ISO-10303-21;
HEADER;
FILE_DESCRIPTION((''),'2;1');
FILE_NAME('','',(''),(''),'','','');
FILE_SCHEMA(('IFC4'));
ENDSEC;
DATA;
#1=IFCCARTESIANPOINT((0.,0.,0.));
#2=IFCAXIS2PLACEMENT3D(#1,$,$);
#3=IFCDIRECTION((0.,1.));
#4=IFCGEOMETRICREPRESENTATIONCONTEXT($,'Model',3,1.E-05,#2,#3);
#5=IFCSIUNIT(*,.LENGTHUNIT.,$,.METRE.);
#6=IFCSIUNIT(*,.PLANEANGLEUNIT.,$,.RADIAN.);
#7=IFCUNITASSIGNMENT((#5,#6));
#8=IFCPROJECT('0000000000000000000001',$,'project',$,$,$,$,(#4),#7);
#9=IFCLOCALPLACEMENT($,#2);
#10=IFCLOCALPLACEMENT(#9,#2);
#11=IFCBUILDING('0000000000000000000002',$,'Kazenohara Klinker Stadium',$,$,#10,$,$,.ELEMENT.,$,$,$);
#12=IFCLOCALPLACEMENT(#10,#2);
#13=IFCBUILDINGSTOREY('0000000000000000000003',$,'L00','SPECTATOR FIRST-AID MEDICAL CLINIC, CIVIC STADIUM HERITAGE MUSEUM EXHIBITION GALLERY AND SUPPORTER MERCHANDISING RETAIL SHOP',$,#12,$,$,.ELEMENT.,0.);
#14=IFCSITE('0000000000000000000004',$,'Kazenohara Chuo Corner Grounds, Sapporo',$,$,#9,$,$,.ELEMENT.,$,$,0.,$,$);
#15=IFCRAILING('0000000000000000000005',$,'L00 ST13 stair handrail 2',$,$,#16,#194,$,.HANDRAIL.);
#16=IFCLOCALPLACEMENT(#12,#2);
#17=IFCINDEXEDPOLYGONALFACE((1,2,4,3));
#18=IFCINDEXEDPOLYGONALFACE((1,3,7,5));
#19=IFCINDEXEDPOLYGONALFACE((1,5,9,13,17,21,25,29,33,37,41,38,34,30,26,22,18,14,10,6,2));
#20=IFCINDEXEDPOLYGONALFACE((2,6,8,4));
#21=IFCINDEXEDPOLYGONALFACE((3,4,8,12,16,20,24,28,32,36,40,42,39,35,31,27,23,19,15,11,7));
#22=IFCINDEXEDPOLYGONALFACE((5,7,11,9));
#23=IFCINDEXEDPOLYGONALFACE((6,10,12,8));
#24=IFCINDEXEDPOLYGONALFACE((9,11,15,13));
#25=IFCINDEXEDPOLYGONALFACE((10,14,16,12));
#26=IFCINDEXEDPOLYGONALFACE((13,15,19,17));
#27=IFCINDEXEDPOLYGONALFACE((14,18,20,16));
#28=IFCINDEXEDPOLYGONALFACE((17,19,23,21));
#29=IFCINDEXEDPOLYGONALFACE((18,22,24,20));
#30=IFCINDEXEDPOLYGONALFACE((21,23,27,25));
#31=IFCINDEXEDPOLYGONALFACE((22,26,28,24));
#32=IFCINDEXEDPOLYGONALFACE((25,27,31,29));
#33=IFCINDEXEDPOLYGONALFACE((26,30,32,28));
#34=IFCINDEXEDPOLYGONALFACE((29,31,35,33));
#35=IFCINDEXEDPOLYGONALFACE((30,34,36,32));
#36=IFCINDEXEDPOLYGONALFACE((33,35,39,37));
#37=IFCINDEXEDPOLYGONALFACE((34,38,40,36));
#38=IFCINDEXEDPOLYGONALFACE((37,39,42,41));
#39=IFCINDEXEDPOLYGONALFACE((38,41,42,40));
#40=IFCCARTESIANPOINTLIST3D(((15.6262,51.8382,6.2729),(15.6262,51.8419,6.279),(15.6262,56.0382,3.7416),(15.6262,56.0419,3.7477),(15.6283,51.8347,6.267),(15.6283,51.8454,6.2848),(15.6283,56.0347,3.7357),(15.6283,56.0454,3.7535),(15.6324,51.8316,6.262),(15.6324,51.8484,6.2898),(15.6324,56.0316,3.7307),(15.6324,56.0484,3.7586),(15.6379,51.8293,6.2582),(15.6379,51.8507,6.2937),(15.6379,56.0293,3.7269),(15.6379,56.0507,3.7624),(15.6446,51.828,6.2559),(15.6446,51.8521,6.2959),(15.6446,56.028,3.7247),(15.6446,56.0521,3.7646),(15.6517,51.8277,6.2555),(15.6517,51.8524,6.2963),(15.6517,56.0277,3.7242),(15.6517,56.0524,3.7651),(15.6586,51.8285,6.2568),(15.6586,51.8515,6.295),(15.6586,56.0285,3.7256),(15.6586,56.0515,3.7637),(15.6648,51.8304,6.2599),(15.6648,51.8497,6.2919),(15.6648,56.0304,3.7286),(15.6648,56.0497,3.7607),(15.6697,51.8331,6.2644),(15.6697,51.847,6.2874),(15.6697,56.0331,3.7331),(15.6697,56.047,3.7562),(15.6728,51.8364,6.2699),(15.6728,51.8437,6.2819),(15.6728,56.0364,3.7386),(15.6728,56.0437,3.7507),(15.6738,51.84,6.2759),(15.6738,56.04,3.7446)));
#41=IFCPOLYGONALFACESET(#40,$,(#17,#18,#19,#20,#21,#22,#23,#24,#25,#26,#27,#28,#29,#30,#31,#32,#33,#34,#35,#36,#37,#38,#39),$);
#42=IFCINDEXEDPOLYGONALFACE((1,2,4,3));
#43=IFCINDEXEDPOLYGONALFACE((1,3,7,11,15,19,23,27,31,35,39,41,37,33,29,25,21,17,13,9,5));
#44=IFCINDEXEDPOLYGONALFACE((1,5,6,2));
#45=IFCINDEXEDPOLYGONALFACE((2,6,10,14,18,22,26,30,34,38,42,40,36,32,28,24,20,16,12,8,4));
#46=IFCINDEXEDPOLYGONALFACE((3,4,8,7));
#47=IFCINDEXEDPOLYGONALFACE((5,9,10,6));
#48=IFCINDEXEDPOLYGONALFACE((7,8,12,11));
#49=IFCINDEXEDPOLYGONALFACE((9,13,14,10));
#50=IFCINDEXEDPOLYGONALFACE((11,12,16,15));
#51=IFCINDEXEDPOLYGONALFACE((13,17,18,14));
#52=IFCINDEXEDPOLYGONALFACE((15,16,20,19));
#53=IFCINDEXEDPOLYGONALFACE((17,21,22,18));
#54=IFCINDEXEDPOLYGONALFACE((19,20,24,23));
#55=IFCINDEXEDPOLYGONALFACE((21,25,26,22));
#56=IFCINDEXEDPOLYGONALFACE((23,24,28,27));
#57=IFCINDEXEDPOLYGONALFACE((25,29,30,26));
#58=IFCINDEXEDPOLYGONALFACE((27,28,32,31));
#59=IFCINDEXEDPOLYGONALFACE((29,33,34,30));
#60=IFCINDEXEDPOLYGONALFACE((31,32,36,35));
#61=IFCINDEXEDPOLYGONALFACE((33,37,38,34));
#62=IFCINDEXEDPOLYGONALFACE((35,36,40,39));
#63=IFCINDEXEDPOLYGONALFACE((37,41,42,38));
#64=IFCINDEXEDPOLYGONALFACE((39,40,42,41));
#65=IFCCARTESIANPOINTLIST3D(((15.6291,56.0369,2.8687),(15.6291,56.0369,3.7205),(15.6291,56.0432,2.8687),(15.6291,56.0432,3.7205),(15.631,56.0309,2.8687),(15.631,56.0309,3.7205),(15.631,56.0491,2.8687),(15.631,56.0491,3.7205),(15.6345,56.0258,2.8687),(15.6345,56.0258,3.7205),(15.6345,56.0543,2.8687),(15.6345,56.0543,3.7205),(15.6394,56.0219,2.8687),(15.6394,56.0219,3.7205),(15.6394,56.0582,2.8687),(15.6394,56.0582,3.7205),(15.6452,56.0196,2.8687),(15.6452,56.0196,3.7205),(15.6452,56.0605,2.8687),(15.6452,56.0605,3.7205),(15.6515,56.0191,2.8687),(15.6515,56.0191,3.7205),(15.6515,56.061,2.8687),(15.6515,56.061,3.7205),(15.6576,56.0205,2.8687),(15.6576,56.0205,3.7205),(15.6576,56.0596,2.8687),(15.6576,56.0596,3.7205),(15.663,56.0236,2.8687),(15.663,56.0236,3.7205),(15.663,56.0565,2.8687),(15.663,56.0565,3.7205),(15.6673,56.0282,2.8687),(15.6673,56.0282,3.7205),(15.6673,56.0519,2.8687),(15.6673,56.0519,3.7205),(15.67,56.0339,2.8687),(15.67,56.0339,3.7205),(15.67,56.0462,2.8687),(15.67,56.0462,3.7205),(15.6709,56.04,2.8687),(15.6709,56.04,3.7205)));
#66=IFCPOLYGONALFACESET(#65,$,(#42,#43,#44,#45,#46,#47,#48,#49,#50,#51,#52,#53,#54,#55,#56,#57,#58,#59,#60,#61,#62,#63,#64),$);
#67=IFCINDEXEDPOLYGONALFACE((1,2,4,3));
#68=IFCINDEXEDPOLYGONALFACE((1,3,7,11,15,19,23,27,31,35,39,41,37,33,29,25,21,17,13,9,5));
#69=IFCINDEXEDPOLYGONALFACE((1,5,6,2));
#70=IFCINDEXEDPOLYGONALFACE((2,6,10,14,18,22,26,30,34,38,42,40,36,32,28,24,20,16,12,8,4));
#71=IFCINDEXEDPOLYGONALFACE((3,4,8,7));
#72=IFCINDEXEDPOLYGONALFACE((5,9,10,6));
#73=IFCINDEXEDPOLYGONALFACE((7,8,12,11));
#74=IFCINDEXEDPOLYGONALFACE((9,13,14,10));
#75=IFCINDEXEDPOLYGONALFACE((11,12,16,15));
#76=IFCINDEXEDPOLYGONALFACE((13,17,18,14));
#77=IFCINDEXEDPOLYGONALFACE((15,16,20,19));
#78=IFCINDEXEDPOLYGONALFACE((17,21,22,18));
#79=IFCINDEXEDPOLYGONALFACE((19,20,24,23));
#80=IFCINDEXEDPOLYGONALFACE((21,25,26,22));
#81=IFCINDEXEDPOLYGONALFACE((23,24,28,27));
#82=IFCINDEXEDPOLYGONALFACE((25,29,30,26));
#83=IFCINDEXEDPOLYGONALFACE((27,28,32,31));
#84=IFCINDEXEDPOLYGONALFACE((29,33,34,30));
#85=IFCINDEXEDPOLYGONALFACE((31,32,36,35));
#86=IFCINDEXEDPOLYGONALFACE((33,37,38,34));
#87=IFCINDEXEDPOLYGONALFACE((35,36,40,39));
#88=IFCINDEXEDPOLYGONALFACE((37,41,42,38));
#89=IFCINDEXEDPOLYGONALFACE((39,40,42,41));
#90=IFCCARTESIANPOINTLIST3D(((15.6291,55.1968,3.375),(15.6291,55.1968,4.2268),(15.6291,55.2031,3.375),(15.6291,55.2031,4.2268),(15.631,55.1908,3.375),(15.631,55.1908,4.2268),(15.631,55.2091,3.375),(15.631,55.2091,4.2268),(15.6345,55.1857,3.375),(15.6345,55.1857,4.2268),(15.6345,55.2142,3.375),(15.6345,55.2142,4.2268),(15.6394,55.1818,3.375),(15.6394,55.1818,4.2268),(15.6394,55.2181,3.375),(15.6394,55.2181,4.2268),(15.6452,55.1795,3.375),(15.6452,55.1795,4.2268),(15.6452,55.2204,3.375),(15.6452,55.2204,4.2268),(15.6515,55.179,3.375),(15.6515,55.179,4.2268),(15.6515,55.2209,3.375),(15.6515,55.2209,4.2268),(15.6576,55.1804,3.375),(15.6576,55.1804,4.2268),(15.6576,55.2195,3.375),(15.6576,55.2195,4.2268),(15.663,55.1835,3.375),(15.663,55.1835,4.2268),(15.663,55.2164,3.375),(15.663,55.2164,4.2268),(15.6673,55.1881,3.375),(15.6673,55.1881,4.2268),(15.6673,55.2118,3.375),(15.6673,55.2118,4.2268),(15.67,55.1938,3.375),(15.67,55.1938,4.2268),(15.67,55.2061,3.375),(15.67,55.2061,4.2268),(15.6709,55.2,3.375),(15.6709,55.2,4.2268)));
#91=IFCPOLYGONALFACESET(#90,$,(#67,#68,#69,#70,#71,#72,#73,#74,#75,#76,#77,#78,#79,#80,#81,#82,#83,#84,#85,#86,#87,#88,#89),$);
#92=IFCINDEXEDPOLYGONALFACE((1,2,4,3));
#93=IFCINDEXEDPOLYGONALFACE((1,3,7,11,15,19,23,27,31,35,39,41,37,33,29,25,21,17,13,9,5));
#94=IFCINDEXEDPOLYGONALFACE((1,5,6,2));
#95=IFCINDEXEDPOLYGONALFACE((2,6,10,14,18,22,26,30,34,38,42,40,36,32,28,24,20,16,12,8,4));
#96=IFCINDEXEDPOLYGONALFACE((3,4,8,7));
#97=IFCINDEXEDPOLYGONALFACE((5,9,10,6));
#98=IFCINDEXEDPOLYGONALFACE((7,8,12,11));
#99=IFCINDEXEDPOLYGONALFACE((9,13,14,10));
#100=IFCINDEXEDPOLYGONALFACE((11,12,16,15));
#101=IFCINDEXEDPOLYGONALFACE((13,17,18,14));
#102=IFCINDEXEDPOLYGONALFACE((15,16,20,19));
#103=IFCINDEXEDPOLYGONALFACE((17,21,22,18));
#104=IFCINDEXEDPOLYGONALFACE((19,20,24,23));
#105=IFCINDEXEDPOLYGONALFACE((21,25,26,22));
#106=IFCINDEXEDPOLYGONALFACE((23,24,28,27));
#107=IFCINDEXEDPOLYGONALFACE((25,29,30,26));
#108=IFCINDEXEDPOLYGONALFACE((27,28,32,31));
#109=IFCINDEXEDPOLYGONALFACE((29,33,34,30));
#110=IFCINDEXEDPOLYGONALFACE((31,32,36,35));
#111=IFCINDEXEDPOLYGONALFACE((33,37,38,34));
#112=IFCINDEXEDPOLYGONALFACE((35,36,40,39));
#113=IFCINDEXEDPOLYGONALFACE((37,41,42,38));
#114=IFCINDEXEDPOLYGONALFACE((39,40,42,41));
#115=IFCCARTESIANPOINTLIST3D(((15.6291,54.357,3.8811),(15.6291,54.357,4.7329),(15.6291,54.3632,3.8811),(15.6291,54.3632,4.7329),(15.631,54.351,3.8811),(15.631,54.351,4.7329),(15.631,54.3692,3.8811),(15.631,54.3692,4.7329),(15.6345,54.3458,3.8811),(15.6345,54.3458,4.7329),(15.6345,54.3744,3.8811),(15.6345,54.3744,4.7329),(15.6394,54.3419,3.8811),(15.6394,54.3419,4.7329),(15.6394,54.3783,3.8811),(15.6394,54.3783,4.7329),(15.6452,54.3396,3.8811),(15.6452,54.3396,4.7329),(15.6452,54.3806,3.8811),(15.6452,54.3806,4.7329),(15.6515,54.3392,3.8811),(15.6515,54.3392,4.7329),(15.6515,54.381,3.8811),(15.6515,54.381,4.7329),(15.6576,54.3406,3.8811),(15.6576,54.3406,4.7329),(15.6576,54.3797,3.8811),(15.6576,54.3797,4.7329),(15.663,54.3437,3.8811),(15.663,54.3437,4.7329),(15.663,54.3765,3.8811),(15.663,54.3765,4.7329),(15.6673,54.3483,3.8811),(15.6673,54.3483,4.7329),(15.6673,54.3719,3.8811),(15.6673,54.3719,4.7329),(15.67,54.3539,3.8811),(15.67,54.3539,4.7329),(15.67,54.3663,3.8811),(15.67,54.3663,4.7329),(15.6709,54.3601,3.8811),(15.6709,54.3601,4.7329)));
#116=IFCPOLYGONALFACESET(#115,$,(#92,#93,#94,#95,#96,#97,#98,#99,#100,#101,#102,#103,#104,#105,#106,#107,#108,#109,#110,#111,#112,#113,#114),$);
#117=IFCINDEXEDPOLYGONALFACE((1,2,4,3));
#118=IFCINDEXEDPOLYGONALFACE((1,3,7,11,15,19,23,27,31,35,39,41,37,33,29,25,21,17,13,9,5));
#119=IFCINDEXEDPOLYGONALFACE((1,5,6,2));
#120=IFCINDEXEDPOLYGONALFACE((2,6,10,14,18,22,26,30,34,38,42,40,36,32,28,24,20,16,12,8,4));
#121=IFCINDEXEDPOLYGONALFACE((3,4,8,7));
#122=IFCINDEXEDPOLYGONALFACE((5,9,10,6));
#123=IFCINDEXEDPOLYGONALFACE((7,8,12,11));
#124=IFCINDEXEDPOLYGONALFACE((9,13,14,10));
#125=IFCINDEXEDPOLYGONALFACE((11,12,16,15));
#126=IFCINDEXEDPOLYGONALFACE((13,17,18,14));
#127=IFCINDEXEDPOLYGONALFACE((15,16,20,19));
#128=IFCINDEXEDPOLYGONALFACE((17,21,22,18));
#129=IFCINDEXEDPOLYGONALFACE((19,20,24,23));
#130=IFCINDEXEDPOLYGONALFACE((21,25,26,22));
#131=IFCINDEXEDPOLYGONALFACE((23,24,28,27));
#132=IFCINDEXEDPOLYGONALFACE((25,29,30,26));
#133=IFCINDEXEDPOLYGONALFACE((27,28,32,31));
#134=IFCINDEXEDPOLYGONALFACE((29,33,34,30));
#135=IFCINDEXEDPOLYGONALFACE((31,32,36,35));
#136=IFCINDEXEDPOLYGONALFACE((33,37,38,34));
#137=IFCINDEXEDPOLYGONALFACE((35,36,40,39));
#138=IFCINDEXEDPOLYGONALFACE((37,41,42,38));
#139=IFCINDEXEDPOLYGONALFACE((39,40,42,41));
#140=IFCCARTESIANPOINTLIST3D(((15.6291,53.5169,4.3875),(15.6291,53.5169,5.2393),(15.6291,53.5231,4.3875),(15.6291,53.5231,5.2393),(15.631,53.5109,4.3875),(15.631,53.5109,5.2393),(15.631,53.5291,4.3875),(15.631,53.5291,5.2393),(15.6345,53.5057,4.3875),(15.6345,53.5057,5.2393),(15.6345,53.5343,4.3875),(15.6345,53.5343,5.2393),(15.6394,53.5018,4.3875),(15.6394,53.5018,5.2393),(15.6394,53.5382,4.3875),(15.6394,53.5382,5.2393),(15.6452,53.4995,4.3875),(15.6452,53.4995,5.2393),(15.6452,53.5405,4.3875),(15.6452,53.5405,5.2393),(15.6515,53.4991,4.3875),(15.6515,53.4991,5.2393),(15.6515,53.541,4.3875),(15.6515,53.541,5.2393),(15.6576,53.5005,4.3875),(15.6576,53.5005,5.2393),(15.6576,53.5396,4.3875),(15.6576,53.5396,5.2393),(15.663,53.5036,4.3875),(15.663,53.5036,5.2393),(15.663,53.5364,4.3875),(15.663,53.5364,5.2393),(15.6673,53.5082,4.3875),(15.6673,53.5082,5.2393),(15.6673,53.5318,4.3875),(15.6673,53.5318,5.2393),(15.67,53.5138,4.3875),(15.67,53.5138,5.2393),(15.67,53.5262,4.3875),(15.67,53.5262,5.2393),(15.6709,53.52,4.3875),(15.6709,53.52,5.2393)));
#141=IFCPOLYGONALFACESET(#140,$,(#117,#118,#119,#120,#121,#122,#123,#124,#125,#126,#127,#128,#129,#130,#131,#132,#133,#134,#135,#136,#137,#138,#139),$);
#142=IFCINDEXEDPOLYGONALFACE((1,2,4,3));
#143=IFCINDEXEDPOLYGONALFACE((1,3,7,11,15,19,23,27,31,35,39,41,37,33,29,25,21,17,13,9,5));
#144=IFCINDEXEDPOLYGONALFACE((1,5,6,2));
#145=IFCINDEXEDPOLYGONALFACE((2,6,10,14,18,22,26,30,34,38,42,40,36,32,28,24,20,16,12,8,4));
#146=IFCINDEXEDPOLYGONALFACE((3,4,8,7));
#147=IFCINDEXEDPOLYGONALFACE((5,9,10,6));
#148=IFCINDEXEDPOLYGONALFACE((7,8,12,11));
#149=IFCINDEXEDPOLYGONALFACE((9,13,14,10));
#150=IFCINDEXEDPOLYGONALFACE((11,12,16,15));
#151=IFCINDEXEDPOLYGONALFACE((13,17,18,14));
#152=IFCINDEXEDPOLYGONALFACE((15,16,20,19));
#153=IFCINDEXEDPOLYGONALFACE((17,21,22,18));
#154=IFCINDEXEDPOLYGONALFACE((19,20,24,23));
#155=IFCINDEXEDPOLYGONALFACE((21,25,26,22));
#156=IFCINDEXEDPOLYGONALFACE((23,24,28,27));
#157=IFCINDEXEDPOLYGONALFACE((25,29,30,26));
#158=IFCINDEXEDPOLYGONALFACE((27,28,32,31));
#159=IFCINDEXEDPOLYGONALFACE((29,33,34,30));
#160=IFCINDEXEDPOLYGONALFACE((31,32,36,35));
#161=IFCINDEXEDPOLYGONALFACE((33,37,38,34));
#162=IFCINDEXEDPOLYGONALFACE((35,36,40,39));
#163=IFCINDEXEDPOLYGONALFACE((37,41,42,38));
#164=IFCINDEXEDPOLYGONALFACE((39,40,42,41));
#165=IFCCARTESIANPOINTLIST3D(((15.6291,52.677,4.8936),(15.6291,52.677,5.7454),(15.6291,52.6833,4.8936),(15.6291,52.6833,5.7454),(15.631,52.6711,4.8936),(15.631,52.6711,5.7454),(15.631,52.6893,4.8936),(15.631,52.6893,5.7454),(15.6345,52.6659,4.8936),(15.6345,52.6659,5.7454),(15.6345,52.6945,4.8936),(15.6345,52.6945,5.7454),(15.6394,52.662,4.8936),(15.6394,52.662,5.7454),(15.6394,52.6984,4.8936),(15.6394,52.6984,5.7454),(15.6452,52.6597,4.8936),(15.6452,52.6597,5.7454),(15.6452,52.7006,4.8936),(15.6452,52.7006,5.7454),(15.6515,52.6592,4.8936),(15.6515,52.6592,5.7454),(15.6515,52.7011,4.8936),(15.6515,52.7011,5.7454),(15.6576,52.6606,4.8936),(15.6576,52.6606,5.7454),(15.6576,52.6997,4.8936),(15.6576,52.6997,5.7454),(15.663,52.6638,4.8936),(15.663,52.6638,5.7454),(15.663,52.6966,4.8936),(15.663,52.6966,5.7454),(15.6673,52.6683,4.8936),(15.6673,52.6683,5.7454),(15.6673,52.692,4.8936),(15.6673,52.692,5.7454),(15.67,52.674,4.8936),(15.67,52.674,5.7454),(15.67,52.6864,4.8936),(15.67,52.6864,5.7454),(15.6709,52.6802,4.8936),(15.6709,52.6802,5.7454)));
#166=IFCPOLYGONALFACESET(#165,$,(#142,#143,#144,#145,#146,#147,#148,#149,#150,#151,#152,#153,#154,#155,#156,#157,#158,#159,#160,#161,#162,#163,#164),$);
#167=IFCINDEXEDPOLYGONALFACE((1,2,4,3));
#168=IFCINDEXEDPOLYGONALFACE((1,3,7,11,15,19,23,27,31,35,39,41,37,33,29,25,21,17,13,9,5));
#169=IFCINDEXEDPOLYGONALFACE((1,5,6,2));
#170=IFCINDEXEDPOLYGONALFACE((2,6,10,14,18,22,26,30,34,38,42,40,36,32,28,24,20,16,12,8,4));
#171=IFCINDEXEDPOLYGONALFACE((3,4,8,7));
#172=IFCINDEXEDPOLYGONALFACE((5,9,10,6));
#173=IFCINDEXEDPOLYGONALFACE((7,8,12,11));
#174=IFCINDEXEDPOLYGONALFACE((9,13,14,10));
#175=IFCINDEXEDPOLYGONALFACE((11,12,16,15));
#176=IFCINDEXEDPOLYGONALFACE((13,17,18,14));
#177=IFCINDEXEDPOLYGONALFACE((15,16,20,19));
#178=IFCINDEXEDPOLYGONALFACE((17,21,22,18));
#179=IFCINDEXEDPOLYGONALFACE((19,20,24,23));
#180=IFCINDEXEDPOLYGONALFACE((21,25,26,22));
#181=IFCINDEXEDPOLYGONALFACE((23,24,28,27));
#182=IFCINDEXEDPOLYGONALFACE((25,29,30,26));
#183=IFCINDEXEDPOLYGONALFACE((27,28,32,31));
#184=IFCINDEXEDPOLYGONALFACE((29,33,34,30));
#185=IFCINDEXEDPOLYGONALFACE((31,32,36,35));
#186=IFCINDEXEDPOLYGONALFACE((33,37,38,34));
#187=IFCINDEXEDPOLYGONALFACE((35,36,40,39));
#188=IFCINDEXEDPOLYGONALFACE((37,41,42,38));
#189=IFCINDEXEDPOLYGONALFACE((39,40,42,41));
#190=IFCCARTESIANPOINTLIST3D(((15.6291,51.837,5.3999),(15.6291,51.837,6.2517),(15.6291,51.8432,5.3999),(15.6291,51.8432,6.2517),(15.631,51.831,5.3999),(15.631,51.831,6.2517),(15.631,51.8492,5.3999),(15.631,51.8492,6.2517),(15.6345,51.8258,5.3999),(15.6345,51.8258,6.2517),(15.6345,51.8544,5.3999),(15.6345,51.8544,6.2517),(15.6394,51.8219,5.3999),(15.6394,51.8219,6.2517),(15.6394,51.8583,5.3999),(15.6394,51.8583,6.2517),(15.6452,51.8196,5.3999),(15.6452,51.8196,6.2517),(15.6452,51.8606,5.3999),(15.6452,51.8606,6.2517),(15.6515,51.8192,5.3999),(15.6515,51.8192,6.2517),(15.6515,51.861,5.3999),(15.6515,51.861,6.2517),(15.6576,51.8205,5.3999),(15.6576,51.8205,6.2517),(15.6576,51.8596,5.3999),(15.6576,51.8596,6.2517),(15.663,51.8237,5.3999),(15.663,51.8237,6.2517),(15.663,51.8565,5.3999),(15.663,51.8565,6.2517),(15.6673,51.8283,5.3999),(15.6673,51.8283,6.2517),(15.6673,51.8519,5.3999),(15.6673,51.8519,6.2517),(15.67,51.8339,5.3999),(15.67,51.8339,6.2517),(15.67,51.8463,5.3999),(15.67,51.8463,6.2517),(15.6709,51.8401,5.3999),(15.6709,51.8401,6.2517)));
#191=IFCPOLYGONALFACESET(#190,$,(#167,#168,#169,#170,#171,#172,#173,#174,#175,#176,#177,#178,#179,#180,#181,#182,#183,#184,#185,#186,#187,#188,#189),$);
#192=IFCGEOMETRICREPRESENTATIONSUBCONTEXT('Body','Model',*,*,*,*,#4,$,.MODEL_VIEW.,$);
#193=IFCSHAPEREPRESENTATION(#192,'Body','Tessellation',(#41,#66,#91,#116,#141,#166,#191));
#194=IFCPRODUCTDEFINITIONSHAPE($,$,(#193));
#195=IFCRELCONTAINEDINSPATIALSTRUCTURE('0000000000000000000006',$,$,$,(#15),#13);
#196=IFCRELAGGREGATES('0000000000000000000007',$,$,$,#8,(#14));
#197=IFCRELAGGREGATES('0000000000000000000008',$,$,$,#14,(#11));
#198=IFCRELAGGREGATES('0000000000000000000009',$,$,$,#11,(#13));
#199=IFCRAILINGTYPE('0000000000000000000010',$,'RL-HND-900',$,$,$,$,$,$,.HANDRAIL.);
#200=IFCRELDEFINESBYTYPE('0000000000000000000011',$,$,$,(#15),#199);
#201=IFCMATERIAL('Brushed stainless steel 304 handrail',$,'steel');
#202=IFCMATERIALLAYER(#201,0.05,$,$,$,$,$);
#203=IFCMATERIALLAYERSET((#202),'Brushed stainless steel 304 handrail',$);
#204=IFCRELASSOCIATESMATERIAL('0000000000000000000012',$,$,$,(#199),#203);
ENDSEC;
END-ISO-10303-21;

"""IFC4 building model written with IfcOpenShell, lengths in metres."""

from ifc_helpers import new_model, si_unit, direction, frame, origin, origin_2d, place, context, subcontext, project, spatial, circle, extrude, material, layer, layer_set, type_object, element, save


model = new_model("IFC4")

# Units and contexts
model_context = context("Model", 3, precision=1e-05, world=origin(), true_north=direction((0.0, 1.0)))
body_context = subcontext(model_context, "Body", "Model", "MODEL_VIEW")
ifc_project = project(units=[si_unit("LENGTHUNIT", "METRE"), si_unit("PLANEANGLEUNIT", "RADIAN")], contexts=[model_context])

# Site, building, storey
site_placement = place(None, origin())
site = spatial("IfcSite", under=ifc_project, at=site_placement, Name="Kazenohara Chuo Corner Grounds, Sapporo", CompositionType="ELEMENT", RefElevation=0.0)
building_placement = place(site_placement, origin())
building = spatial("IfcBuilding", under=site, at=building_placement, Name="Kazenohara Klinker Stadium", CompositionType="ELEMENT")
storey_placement = place(building_placement, origin())
storey = spatial("IfcBuildingStorey", under=building, at=storey_placement, Name="L00", Description="SPECTATOR FIRST-AID MEDICAL CLINIC, CIVIC STADIUM HERITAGE MUSEUM EXHIBITION GALLERY AND SUPPORTER MERCHANDISING RETAIL SHOP", CompositionType="ELEMENT", Elevation=0.0)

# Railing
ifc_material_1 = material(Name="Brushed stainless steel 304 handrail", Category="steel")
ifc_layer_1 = layer(ifc_material_1, 0.05)
ifc_layer_set_1 = layer_set([ifc_layer_1], Name="Brushed stainless steel 304 handrail")
railing_type_1 = type_object("IfcRailingType", Name="RL-HND-900", PredefinedType="HANDRAIL", material=ifc_layer_set_1)
railing_1_placement = place(storey_placement, frame((15.6499, 56.04, 2.8687)))
element("IfcRailing", 1, at=railing_1_placement, inside=storey, type_object=railing_type_1, Name="L00 ST13 stair handrail 2", PredefinedType="HANDRAIL", context=body_context, shape_type="SweptSolid", body=[
    extrude(circle(Radius=0.0239, at=origin_2d()), frame((0.0, 0.0, 0.876), z_axis=(0.0, -0.856476, 0.516186), x_axis=(1.0, 0.0, 0.0)), (0.0, 0.0, 1.0), 4.9038),
    extrude(circle(Radius=0.021, at=origin_2d()), origin(), (0.0, 0.0, 1.0), 0.8518),
    extrude(circle(Radius=0.021, at=origin_2d()), frame((0.0, -0.8401, 0.5063)), (0.0, 0.0, 1.0), 0.8518),
    extrude(circle(Radius=0.021, at=origin_2d()), frame((0.0, -1.6799, 1.0125)), (0.0, 0.0, 1.0), 0.8518),
    extrude(circle(Radius=0.021, at=origin_2d()), frame((0.0, -2.52, 1.5188)), (0.0, 0.0, 1.0), 0.8518),
    extrude(circle(Radius=0.021, at=origin_2d()), frame((0.0, -3.3599, 2.0249)), (0.0, 0.0, 1.0), 0.8518),
    extrude(circle(Radius=0.021, at=origin_2d()), frame((0.0, -4.2, 2.5312)), (0.0, 0.0, 1.0), 0.8518),
])

save(model, "model.ifc")
